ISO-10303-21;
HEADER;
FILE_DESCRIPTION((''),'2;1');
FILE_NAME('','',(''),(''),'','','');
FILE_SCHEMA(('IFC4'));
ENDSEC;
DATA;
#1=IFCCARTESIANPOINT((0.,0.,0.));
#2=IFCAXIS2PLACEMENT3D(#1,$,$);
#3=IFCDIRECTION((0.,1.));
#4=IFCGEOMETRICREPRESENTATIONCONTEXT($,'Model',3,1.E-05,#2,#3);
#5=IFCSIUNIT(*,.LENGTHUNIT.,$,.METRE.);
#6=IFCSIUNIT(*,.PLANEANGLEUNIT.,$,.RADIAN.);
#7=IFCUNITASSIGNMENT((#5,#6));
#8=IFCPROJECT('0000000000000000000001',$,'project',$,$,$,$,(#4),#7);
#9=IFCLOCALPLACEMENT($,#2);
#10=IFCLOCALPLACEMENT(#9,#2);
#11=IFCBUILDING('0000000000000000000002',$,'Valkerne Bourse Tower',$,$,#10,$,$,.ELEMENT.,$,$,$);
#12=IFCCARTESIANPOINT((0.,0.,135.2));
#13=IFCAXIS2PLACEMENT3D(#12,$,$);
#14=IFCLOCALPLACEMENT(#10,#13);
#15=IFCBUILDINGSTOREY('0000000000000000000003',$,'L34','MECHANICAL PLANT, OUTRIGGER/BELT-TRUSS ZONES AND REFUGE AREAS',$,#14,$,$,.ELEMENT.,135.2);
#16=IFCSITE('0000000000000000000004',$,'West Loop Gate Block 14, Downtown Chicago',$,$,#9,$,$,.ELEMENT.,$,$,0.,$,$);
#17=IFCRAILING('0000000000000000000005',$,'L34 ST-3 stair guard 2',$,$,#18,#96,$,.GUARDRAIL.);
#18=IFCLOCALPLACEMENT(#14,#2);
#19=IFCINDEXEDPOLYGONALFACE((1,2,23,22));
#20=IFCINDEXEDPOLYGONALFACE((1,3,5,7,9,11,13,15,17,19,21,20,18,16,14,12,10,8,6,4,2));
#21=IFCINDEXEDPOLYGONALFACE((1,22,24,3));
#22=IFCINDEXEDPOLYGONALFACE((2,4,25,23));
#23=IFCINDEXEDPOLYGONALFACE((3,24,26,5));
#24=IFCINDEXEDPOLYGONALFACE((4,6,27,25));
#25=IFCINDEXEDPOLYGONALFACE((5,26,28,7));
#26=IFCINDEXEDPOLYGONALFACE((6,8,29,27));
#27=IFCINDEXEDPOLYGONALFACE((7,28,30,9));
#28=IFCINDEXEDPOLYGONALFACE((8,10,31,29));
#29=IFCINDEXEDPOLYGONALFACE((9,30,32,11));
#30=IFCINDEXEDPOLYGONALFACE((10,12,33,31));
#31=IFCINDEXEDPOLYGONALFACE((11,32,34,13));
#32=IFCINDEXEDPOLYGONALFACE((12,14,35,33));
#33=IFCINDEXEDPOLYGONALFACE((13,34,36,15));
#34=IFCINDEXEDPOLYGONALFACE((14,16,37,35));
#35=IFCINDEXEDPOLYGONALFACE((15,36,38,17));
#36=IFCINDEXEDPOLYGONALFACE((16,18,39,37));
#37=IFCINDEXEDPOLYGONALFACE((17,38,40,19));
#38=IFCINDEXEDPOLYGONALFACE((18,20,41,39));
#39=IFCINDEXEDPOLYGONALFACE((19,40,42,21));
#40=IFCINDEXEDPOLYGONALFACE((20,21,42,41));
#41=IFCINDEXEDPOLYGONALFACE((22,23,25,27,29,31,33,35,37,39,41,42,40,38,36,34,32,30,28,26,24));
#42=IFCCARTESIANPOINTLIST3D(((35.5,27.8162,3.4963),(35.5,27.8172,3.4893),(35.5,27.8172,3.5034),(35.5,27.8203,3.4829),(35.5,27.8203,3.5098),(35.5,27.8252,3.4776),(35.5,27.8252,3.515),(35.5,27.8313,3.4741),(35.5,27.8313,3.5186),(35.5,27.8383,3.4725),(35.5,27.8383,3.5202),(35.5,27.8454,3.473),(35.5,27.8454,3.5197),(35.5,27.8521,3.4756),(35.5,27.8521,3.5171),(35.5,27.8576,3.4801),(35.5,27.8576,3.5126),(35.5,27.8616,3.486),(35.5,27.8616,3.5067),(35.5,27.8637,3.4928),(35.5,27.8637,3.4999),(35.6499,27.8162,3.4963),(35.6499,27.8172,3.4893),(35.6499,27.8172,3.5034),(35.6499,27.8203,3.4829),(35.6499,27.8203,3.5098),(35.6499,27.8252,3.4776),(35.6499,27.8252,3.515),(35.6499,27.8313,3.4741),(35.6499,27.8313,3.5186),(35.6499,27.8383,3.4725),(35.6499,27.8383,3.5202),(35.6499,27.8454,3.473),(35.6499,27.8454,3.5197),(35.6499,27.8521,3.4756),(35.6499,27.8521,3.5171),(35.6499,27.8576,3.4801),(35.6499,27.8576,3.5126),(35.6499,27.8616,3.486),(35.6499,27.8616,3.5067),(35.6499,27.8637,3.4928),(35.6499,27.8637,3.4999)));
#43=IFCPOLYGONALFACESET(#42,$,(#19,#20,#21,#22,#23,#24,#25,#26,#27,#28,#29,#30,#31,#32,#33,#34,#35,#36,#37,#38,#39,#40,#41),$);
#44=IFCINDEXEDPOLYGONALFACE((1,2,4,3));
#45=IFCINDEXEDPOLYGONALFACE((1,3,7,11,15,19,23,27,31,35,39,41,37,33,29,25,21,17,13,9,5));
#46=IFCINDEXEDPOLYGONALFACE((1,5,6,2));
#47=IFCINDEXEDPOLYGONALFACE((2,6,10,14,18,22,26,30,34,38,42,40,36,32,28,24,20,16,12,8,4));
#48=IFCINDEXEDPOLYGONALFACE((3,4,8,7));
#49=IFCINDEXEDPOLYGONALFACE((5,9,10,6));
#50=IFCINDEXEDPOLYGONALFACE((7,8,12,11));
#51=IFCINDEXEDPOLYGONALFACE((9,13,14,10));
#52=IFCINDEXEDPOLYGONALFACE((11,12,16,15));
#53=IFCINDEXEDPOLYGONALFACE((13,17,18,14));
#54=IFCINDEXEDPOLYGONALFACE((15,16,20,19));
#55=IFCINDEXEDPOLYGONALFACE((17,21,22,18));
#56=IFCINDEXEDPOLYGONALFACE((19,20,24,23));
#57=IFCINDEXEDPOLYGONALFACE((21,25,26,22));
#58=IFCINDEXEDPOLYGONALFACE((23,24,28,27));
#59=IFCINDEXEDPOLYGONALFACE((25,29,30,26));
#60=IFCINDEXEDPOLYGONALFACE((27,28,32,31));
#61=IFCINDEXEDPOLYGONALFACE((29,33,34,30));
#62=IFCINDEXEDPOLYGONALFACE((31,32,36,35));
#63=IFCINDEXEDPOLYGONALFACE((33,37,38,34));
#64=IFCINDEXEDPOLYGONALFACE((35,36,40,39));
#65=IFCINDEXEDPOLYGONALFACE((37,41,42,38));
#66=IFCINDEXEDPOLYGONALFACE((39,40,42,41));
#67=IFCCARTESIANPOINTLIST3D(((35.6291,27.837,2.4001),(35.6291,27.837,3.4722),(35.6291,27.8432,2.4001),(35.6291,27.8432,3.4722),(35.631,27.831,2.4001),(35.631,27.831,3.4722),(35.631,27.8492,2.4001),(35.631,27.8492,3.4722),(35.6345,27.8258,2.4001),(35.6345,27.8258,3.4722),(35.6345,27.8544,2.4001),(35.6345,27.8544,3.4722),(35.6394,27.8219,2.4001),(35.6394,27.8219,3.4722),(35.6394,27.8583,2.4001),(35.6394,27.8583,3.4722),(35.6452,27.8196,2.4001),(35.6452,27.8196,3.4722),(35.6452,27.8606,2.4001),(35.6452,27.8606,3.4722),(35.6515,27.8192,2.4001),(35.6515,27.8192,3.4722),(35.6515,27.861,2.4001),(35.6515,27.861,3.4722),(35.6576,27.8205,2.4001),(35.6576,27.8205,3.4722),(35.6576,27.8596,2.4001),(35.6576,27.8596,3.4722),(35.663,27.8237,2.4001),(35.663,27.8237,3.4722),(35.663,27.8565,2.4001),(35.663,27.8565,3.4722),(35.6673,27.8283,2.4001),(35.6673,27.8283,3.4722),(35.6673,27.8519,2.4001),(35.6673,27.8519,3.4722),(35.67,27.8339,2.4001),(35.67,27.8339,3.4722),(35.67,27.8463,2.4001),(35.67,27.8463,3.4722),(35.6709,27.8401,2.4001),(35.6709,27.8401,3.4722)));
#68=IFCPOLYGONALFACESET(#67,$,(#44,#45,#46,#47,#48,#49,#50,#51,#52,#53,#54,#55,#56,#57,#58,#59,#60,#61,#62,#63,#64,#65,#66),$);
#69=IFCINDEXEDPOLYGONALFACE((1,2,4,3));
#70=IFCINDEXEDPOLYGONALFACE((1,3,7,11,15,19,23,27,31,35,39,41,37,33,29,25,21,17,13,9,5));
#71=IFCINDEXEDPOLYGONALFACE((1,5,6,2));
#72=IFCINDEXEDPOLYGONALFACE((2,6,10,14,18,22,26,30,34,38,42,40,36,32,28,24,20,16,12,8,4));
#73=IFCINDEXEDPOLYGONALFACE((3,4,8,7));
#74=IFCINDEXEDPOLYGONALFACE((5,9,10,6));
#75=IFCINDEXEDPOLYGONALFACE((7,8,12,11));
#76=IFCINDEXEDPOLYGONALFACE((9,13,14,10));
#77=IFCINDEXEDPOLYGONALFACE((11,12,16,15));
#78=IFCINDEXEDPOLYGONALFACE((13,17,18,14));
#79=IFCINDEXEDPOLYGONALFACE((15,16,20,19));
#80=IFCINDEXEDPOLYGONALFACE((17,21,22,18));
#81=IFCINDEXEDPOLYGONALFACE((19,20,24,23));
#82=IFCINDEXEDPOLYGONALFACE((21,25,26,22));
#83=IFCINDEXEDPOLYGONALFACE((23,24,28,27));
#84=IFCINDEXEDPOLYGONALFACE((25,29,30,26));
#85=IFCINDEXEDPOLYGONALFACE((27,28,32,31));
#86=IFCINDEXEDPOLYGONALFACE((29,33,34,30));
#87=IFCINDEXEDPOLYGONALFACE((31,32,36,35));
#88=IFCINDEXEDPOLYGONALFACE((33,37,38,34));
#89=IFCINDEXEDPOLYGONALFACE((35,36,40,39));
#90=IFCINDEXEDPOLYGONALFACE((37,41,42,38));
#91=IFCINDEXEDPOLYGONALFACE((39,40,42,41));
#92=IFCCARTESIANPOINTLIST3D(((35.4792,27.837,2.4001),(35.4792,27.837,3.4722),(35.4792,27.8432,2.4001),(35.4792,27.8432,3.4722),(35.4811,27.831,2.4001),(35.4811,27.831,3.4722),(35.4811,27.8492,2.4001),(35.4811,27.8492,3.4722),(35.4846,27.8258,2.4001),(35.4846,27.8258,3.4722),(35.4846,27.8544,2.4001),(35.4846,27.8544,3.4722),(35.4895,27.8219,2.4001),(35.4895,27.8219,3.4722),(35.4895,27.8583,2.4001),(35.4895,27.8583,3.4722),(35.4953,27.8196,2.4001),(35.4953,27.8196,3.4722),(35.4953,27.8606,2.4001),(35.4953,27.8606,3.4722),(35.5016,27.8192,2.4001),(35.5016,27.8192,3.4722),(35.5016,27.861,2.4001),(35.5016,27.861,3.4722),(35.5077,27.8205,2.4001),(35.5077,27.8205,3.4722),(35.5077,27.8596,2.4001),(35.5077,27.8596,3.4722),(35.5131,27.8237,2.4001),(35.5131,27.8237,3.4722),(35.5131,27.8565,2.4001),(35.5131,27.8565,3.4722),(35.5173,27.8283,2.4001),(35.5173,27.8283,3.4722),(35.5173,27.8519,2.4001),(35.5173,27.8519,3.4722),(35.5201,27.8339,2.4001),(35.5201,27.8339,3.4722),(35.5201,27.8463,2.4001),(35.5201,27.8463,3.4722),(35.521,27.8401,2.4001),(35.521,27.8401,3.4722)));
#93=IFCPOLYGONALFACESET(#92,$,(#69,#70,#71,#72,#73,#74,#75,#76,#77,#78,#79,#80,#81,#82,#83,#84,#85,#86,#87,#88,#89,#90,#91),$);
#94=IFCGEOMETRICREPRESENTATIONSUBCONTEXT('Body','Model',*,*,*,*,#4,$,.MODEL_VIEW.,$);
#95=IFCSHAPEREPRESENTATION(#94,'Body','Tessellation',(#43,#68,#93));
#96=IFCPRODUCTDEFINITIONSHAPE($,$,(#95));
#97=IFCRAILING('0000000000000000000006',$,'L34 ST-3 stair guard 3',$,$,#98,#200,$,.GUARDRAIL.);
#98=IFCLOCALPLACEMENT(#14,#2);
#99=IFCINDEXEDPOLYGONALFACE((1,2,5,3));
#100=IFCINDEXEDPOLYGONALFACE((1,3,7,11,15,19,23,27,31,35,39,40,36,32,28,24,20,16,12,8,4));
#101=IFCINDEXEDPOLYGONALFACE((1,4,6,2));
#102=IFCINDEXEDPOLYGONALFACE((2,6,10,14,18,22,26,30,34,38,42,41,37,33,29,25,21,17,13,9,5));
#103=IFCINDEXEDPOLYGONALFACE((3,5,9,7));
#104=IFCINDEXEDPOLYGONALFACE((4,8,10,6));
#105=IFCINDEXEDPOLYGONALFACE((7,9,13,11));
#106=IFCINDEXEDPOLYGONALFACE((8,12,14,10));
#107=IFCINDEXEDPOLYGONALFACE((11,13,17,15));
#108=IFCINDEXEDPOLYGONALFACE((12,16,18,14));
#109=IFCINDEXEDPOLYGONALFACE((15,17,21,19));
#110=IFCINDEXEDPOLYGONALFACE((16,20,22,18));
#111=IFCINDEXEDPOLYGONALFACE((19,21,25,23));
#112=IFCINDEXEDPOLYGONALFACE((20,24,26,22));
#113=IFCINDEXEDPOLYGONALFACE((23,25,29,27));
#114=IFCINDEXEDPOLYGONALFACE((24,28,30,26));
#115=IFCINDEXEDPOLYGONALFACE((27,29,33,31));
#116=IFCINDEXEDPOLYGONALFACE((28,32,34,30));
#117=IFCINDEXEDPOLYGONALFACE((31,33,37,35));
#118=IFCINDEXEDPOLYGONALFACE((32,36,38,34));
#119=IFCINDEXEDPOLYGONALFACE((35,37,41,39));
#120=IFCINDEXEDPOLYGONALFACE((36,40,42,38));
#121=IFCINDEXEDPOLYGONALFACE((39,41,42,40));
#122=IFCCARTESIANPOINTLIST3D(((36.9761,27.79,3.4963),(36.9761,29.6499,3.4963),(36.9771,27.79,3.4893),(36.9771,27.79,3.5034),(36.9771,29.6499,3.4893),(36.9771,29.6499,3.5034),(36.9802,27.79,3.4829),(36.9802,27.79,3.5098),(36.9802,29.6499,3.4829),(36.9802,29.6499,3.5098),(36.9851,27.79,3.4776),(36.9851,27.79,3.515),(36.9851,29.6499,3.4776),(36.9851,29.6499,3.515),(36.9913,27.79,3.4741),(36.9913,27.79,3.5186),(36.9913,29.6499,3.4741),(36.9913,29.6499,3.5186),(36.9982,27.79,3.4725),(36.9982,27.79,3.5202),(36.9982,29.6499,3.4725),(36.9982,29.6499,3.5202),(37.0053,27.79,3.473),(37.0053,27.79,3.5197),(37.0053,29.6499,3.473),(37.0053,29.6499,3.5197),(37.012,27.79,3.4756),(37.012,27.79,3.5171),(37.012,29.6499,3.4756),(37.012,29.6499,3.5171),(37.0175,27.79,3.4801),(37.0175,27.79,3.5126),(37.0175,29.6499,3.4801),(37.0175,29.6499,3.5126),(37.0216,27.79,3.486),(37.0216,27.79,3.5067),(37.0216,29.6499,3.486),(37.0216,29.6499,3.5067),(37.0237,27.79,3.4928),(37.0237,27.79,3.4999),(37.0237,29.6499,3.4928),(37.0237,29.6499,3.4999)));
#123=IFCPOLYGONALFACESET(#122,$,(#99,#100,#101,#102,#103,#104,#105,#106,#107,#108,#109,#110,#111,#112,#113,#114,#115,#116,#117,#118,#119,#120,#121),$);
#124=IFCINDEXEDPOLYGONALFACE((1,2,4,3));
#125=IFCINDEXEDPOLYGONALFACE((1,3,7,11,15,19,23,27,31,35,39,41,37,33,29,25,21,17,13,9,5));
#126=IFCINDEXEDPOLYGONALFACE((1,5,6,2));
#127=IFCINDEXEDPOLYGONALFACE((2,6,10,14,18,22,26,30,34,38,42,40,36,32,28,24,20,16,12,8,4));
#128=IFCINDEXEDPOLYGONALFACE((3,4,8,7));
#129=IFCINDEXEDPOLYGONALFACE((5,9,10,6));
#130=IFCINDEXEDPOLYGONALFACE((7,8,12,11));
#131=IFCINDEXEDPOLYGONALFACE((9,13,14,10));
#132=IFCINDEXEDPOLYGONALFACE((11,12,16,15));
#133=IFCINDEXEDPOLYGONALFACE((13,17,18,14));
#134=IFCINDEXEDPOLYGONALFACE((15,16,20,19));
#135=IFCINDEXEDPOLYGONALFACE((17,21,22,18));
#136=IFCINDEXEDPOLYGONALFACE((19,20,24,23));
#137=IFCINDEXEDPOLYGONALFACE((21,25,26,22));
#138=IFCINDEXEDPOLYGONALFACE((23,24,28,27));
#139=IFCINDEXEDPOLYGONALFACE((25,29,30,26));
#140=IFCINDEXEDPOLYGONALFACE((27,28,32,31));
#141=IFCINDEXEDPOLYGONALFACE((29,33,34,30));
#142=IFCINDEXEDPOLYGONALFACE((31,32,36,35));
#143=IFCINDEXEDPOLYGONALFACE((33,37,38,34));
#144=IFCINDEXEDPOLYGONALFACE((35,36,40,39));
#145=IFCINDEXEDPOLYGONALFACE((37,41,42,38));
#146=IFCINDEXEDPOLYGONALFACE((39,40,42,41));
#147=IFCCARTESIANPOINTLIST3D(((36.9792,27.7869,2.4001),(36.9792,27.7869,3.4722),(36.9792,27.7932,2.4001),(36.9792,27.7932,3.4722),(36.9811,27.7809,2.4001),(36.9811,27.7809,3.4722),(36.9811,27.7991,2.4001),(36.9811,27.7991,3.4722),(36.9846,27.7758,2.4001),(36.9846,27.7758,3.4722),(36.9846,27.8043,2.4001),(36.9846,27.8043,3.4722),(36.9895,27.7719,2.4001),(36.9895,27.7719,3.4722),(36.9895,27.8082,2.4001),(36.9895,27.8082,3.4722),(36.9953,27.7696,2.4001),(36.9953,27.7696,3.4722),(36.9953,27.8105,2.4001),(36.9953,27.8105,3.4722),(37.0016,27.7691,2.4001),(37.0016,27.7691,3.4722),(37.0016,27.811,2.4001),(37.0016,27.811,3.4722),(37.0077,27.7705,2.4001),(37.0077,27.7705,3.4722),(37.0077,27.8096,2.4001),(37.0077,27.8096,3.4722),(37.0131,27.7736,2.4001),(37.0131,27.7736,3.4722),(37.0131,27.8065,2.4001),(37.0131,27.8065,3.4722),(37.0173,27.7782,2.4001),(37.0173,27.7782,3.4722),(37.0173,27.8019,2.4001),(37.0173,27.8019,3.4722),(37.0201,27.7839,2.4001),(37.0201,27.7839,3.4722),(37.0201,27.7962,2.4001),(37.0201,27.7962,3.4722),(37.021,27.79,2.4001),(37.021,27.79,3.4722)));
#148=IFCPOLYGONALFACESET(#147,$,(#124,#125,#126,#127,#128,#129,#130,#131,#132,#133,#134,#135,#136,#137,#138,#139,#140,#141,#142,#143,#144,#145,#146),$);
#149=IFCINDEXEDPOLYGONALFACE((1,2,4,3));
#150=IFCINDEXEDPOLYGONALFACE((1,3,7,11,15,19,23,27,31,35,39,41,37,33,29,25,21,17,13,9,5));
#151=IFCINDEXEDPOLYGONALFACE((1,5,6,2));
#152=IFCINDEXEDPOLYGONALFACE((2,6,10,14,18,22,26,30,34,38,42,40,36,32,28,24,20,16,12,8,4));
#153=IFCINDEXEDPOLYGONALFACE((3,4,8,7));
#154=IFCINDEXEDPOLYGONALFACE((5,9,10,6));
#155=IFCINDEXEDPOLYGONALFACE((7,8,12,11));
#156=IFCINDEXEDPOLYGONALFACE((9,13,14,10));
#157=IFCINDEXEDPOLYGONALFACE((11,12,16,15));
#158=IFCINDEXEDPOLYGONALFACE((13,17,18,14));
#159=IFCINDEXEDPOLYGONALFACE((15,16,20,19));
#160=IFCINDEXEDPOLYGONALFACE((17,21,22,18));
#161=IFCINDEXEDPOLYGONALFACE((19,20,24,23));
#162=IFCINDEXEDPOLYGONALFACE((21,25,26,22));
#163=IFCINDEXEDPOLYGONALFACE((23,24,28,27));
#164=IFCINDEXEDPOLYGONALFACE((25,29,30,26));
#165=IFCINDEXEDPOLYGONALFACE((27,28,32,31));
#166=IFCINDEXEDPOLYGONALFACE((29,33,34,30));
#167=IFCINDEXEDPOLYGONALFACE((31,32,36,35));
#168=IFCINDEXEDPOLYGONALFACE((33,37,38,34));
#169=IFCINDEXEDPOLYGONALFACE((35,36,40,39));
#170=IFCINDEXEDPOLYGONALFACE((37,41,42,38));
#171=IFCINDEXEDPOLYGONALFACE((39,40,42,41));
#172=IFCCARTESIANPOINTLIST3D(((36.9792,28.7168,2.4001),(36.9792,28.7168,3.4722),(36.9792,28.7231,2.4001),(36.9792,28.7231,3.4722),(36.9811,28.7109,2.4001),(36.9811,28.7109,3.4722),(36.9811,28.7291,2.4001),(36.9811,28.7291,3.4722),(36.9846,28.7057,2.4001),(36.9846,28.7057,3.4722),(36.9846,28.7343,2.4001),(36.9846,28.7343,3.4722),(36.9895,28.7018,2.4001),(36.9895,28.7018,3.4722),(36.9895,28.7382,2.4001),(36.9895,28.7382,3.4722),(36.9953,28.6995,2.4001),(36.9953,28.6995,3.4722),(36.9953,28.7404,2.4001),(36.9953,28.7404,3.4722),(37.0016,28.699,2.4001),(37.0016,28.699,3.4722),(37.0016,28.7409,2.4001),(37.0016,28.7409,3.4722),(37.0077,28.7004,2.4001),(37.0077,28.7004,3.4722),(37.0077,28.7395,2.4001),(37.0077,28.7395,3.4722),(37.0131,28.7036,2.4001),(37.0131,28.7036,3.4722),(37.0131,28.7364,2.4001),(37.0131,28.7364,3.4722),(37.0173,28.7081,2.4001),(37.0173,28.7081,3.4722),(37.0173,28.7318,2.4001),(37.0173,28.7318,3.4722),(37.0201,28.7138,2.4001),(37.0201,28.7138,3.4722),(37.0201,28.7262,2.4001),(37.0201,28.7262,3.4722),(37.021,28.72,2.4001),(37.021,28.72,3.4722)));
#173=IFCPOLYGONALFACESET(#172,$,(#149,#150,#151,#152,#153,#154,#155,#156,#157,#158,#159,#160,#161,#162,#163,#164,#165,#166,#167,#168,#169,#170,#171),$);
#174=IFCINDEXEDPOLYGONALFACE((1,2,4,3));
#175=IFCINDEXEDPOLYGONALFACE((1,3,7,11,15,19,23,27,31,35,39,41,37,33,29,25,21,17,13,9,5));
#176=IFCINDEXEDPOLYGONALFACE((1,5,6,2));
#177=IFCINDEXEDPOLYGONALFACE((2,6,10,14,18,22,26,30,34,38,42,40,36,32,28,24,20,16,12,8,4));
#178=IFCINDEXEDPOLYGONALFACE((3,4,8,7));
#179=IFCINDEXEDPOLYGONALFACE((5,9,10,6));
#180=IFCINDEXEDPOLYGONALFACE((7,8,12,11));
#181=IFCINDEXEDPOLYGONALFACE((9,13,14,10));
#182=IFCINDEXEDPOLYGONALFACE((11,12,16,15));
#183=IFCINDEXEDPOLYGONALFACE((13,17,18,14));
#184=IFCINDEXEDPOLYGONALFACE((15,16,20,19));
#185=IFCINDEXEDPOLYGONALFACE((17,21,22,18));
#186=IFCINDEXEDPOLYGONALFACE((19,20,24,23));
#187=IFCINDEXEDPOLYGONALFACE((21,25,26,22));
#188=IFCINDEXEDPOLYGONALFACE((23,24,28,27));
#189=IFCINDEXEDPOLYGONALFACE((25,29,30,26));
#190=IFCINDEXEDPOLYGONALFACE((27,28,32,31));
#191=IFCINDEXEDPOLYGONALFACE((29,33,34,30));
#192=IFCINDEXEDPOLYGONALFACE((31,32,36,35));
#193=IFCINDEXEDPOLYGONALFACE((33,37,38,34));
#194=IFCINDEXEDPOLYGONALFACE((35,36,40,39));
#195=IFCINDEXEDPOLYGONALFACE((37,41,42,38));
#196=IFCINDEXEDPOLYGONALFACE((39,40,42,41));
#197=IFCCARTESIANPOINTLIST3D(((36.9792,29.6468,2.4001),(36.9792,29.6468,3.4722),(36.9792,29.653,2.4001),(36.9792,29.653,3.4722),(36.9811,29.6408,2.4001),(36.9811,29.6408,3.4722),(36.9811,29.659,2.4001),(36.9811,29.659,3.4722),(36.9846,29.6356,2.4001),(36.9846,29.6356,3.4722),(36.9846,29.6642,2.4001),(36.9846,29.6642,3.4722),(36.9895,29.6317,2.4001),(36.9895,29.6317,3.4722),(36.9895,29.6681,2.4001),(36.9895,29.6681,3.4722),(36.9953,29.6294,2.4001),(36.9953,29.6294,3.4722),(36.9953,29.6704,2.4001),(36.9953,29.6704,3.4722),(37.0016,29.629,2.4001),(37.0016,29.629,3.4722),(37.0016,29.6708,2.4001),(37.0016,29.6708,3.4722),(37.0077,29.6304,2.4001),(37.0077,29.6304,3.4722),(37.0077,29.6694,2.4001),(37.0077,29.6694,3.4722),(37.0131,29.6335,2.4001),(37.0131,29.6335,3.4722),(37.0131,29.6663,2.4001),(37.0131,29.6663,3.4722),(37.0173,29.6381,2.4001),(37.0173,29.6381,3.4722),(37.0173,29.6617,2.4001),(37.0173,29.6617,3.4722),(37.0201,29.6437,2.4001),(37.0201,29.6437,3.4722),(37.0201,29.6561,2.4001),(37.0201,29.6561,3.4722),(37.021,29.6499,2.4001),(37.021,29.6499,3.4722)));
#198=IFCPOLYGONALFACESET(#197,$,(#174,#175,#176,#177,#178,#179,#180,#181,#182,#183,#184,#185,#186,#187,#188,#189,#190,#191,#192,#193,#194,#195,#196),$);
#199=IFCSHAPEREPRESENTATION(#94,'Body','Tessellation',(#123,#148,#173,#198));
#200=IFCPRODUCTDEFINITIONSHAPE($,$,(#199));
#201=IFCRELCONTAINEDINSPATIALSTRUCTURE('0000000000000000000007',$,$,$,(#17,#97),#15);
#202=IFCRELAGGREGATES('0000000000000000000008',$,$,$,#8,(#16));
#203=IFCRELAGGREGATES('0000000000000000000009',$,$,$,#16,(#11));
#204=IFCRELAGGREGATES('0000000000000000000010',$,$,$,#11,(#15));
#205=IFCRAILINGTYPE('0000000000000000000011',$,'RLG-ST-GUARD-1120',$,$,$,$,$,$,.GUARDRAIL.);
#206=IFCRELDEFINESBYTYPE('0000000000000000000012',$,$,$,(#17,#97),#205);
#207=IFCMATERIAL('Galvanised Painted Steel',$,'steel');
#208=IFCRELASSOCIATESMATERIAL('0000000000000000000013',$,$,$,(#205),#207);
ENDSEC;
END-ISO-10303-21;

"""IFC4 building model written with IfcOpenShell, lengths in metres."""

from ifc_helpers import new_model, si_unit, direction, frame, origin, origin_2d, place, context, subcontext, project, spatial, circle, extrude, material, type_object, element, save


model = new_model("IFC4")

# Units and contexts
model_context = context("Model", 3, precision=1e-05, world=origin(), true_north=direction((0.0, 1.0)))
body_context = subcontext(model_context, "Body", "Model", "MODEL_VIEW")
ifc_project = project(units=[si_unit("LENGTHUNIT", "METRE"), si_unit("PLANEANGLEUNIT", "RADIAN")], contexts=[model_context])

# Site, building, storey
site_placement = place(None, origin())
site = spatial("IfcSite", under=ifc_project, at=site_placement, Name="West Loop Gate Block 14, Downtown Chicago", CompositionType="ELEMENT", RefElevation=0.0)
building_placement = place(site_placement, origin())
building = spatial("IfcBuilding", under=site, at=building_placement, Name="Valkerne Bourse Tower", CompositionType="ELEMENT")
storey_placement = place(building_placement, frame((0.0, 0.0, 135.2)))
storey = spatial("IfcBuildingStorey", under=building, at=storey_placement, Name="L34", Description="MECHANICAL PLANT, OUTRIGGER/BELT-TRUSS ZONES AND REFUGE AREAS", CompositionType="ELEMENT", Elevation=135.2)

# Shared definitions
ifc_material_1 = material(Name="Galvanised Painted Steel", Category="steel")

# Railings
railing_type_1 = type_object("IfcRailingType", Name="RLG-ST-GUARD-1120", PredefinedType="GUARDRAIL", material=ifc_material_1)
railing_1_placement = place(storey_placement, frame((35.6499, 27.8401, 2.4001)))
element("IfcRailing", 1, at=railing_1_placement, inside=storey, type_object=railing_type_1, Name="L34 ST-3 stair guard 2", PredefinedType="GUARDRAIL", context=body_context, shape_type="SweptSolid", body=[
    extrude(circle(Radius=0.0239, at=origin_2d()), frame((0.0, 0.0, 1.0962), z_axis=(-1.0, 0.0, 0.0), x_axis=(0.0, -1.0, 0.0)), (0.0, 0.0, 1.0), 0.1499),
    extrude(circle(Radius=0.021, at=origin_2d()), origin(), (0.0, 0.0, 1.0), 1.072),
    extrude(circle(Radius=0.021, at=origin_2d()), frame((-0.1499, 0.0, 0.0)), (0.0, 0.0, 1.0), 1.072),
])
for number, where, name in (
    (2, (37.0, 27.79, 2.4001), "L34 ST-3 stair guard 3"),
):
    element("IfcRailing", number, at=place(storey_placement, frame(where)), inside=storey, type_object=railing_type_1, Name=name, PredefinedType="GUARDRAIL", context=body_context, shape_type="SweptSolid", body=[
        extrude(circle(Radius=0.0239, at=origin_2d()), frame((0.0, 0.0, 1.0962), z_axis=(0.0, 1.0, 0.0), x_axis=(-1.0, 0.0, 0.0)), (0.0, 0.0, 1.0), 1.8599),
        extrude(circle(Radius=0.021, at=origin_2d()), origin(), (0.0, 0.0, 1.0), 1.072),
        extrude(circle(Radius=0.021, at=origin_2d()), frame((0.0, 0.9299, 0.0)), (0.0, 0.0, 1.0), 1.072),
        extrude(circle(Radius=0.021, at=origin_2d()), frame((0.0, 1.8599, 0.0)), (0.0, 0.0, 1.0), 1.072),
    ])

save(model, "model.ifc")
